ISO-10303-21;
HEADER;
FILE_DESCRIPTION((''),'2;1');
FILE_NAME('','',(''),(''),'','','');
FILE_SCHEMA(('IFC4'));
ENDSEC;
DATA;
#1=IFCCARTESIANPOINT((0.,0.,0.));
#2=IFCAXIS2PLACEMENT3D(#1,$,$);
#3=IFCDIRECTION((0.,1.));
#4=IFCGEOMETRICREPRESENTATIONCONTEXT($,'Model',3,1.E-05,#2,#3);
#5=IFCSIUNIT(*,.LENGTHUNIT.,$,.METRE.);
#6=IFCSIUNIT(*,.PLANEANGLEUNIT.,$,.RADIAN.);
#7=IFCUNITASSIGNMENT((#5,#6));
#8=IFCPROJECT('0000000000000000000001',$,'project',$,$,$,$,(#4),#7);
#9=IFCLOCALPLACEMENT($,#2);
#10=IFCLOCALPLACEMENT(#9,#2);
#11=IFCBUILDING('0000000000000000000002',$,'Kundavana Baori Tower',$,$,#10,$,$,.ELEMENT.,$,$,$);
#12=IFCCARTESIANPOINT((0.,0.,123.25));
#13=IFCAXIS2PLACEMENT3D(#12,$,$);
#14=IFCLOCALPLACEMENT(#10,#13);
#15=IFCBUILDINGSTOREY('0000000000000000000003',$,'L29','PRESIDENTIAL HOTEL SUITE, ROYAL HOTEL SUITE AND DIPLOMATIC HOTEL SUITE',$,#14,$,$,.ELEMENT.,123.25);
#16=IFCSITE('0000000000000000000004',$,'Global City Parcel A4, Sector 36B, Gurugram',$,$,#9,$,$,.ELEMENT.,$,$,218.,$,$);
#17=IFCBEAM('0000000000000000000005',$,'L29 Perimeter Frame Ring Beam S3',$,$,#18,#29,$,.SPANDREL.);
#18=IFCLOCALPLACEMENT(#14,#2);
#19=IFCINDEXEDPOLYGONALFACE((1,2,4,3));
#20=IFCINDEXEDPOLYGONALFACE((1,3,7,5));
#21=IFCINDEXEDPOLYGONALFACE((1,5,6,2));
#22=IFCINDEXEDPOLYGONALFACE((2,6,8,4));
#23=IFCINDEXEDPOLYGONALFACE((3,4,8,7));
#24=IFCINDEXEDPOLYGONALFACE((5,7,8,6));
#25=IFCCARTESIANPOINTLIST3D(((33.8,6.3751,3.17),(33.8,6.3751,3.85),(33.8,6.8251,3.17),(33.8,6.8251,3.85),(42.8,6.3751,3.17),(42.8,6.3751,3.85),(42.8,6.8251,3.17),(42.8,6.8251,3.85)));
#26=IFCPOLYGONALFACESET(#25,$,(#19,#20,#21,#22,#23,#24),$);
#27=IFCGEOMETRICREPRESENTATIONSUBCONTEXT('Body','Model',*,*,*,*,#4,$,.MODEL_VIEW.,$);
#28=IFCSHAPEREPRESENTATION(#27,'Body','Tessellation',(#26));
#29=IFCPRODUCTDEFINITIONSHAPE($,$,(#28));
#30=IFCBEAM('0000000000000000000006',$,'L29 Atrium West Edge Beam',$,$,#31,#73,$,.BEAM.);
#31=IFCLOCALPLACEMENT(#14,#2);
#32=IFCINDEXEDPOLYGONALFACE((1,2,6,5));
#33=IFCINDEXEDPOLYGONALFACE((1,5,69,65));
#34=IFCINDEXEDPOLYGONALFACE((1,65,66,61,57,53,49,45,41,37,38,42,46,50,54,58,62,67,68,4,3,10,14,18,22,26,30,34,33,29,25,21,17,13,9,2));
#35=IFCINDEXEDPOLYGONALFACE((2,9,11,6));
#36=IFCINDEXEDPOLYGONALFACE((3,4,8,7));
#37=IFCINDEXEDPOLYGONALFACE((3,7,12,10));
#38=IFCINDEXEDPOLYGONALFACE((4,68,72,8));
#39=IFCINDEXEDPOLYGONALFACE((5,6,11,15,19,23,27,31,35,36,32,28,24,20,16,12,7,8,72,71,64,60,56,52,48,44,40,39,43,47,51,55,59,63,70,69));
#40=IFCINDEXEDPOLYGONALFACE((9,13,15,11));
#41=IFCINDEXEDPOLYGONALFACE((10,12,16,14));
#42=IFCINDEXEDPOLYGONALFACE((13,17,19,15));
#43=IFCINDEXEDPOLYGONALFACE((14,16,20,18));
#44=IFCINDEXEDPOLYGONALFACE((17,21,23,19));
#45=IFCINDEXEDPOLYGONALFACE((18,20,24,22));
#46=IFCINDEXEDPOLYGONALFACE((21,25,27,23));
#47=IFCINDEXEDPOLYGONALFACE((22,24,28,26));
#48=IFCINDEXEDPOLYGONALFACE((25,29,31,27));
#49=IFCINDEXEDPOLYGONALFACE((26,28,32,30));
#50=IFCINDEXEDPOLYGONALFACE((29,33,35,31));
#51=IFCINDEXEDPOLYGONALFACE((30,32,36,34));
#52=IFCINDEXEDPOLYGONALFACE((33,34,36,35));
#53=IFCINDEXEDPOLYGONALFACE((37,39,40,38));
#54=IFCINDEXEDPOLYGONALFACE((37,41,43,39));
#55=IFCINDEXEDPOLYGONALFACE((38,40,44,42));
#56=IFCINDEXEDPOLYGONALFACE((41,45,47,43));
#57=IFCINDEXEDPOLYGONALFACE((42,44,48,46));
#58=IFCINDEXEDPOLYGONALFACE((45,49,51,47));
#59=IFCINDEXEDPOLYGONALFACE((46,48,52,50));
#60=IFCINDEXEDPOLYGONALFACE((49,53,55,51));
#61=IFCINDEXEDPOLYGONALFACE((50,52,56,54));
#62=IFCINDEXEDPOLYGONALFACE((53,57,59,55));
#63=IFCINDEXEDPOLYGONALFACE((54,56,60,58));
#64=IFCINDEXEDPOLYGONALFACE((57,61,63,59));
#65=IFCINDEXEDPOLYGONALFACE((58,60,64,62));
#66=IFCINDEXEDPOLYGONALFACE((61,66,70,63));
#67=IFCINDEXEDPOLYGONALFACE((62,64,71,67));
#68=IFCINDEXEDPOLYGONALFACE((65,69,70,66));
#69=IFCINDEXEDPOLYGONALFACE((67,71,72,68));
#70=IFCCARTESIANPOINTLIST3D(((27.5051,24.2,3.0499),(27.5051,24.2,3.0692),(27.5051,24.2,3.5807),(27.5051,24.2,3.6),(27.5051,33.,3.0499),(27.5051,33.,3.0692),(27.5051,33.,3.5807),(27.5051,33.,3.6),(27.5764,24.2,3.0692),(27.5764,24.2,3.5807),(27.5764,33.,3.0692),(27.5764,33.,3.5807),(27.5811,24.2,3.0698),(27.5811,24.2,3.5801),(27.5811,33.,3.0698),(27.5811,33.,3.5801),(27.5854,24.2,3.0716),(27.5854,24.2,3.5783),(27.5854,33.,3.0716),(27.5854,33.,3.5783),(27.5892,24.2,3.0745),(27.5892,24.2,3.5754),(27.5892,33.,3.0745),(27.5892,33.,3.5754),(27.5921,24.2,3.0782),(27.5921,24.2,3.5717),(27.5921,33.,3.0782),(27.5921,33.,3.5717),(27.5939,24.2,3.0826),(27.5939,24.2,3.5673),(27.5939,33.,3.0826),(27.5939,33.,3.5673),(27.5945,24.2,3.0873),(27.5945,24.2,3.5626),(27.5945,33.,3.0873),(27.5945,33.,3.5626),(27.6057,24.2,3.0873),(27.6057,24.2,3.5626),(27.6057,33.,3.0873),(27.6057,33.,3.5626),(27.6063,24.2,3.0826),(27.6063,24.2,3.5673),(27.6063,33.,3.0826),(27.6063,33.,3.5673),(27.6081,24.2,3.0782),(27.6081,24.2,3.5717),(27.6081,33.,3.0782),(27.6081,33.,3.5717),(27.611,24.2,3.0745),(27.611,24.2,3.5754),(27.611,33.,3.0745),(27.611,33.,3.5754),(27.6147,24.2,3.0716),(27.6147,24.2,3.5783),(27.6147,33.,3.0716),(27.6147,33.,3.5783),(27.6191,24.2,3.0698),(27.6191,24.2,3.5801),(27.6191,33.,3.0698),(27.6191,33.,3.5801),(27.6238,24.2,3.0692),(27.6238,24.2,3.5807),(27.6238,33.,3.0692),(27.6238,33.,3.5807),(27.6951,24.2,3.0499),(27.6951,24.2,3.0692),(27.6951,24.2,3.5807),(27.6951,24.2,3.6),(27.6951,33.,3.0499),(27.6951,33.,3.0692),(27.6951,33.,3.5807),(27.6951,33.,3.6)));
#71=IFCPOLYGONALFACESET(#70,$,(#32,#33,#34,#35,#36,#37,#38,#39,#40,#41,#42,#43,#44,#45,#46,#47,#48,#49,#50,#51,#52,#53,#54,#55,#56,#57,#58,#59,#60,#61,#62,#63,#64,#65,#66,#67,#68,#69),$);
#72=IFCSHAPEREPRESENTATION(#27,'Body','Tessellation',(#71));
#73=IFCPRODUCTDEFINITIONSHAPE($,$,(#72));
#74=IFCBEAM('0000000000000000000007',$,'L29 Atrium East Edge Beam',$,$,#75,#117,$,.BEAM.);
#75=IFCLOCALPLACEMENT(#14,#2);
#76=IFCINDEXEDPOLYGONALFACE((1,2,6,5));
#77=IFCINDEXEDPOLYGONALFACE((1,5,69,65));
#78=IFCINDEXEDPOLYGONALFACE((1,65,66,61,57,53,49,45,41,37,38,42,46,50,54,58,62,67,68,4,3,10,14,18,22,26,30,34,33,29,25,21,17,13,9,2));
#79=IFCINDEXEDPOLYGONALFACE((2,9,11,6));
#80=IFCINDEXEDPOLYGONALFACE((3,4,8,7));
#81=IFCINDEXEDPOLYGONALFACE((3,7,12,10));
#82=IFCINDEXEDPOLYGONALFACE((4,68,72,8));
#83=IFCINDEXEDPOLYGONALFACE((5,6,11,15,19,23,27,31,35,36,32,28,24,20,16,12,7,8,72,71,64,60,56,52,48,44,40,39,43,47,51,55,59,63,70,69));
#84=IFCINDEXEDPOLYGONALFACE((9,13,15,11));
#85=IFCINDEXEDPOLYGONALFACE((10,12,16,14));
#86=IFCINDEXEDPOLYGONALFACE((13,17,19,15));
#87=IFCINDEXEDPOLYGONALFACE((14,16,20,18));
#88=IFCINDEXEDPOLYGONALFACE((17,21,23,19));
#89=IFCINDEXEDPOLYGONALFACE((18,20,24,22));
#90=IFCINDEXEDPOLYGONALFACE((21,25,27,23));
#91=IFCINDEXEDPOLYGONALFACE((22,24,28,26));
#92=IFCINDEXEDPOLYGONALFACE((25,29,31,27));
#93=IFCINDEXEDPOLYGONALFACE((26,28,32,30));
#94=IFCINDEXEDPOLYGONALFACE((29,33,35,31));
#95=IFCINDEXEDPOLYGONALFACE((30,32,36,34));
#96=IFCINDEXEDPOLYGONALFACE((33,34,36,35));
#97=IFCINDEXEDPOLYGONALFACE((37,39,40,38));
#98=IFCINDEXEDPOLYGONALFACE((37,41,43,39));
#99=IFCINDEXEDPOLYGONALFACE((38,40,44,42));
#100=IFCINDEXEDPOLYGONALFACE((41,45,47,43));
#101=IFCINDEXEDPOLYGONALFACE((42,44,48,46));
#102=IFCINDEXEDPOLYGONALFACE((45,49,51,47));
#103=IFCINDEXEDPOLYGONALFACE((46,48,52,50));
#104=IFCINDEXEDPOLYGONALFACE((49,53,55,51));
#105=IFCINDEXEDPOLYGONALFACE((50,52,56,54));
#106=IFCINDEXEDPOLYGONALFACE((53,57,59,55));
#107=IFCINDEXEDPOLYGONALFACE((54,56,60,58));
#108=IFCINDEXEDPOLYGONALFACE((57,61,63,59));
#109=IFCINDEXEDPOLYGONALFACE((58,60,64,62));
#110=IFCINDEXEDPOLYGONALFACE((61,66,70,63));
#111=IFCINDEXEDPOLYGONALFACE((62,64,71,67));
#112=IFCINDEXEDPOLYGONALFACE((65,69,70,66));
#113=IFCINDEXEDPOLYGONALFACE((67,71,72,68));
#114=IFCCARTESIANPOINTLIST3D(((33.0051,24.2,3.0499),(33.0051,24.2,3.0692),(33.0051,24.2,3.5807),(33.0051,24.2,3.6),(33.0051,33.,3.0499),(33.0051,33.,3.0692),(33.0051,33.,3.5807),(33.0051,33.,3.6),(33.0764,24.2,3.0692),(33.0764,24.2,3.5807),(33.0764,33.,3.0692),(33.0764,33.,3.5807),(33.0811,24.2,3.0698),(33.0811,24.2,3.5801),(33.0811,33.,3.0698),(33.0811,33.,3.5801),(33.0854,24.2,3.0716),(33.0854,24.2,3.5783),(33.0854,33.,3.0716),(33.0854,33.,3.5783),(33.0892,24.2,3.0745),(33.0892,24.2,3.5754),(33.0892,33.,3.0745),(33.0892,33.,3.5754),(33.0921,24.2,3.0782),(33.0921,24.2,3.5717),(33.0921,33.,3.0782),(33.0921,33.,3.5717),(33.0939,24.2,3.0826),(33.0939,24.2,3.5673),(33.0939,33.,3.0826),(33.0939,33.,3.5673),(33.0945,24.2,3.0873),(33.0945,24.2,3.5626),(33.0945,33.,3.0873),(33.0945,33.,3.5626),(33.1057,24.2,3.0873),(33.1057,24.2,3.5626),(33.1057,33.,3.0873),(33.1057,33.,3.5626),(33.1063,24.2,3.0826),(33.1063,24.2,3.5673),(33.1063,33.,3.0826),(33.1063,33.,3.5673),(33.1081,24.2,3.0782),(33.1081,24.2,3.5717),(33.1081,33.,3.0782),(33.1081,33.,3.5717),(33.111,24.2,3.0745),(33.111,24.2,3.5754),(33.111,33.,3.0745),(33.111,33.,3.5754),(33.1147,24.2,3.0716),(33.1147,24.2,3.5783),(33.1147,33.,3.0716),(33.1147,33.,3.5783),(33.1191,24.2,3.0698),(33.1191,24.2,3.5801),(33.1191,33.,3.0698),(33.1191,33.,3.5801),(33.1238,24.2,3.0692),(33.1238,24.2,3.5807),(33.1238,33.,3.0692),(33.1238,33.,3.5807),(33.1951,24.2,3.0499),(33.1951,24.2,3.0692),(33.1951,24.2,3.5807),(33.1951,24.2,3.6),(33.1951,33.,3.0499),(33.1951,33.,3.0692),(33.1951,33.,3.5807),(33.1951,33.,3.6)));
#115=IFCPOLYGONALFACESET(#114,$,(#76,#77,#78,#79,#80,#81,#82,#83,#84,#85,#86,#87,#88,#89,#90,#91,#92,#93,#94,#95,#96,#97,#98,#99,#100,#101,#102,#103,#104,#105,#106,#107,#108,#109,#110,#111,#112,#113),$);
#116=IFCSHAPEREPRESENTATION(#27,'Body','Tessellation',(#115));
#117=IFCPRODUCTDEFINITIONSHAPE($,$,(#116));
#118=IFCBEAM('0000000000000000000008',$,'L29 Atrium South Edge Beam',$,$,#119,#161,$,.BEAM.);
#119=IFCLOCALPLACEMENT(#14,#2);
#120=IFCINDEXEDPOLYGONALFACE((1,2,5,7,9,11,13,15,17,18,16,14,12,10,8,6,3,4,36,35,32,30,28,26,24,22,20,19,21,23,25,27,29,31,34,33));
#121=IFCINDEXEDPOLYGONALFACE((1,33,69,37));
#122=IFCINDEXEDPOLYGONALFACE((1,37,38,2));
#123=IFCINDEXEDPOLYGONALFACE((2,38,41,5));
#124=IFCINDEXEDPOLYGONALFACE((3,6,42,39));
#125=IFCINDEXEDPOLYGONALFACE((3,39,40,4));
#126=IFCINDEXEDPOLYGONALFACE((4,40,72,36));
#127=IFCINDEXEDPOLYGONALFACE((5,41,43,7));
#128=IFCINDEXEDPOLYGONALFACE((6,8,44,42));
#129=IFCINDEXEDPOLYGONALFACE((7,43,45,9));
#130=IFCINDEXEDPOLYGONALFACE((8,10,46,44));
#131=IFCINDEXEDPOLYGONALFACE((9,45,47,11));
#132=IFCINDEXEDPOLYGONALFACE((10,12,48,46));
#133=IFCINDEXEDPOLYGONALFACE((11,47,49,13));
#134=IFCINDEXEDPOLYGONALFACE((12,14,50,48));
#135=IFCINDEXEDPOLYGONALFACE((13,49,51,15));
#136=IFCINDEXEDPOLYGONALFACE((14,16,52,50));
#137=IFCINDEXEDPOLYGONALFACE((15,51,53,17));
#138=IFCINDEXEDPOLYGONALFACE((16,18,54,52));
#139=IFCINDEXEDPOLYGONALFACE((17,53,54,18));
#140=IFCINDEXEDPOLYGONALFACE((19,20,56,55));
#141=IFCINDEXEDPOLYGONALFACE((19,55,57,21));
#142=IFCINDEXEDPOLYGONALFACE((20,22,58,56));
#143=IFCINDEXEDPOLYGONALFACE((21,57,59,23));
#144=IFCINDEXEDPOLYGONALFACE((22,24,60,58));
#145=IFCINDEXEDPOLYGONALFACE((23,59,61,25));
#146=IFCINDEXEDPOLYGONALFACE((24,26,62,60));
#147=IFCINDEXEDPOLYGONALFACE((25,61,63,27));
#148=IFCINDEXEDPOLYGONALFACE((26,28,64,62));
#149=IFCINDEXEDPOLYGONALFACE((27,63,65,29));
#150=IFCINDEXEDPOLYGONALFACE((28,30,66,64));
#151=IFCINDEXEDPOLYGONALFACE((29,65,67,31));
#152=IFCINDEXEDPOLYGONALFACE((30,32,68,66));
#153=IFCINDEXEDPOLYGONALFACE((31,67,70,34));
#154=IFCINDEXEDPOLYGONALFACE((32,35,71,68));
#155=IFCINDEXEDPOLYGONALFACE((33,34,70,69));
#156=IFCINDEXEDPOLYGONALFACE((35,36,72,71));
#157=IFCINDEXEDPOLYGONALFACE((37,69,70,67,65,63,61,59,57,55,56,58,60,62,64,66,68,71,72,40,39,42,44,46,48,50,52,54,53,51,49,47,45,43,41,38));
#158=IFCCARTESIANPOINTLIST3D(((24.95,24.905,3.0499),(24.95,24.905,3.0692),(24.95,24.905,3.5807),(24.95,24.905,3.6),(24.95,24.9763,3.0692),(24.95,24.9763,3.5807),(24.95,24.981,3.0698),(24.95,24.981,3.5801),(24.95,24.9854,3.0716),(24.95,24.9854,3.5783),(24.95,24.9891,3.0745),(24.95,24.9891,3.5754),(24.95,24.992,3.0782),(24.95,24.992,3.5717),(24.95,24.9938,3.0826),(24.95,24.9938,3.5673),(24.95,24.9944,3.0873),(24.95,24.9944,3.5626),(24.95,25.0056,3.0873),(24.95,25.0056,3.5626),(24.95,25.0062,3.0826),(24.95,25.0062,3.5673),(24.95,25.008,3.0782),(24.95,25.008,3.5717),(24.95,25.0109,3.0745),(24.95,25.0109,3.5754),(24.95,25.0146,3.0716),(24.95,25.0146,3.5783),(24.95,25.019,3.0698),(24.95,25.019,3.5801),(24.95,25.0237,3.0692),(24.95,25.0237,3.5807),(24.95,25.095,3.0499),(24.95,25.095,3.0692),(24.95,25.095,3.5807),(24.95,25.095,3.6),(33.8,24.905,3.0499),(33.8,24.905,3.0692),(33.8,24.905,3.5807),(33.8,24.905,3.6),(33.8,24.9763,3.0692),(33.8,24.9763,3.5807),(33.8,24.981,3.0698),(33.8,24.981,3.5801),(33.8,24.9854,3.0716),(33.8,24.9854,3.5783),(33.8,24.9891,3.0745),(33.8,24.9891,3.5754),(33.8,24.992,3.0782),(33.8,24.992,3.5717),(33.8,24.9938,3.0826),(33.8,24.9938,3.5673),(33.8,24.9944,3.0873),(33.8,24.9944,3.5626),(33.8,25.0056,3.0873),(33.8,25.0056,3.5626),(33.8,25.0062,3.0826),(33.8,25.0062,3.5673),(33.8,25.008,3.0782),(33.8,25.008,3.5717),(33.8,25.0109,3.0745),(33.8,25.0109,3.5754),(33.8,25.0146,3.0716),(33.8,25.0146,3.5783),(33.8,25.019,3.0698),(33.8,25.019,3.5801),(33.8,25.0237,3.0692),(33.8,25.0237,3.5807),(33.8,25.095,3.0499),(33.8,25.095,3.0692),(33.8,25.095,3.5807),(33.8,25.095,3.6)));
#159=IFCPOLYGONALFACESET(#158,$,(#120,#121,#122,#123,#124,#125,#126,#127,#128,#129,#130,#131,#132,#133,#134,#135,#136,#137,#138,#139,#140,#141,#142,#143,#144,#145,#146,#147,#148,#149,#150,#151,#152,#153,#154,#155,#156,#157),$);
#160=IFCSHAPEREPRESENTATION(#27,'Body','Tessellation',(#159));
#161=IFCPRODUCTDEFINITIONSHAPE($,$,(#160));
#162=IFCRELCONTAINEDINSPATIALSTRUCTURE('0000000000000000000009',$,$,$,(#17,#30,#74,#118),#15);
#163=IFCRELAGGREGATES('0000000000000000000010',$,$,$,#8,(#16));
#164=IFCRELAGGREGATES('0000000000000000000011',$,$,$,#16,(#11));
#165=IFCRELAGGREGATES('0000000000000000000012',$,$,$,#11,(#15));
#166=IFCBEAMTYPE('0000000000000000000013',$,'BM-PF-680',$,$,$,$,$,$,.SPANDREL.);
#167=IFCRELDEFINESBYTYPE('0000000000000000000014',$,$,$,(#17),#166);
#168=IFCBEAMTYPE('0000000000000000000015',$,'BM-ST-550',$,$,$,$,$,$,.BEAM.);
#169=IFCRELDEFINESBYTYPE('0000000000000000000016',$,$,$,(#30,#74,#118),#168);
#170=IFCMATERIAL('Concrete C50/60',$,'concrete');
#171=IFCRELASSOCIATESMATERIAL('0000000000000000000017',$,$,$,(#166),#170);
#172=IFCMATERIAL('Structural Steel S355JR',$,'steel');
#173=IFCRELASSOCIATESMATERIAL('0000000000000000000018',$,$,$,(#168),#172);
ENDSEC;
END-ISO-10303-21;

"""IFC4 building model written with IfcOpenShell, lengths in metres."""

from ifc_helpers import new_model, si_unit, direction, frame, origin, origin_2d, place, context, subcontext, project, spatial, rectangle, i_section, extrude, material, material_profile, profile_set, type_object, element, save


model = new_model("IFC4")

# Units and contexts
model_context = context("Model", 3, precision=1e-05, world=origin(), true_north=direction((0.0, 1.0)))
body_context = subcontext(model_context, "Body", "Model", "MODEL_VIEW")
ifc_project = project(units=[si_unit("LENGTHUNIT", "METRE"), si_unit("PLANEANGLEUNIT", "RADIAN")], contexts=[model_context])

# Site, building, storey
site_placement = place(None, origin())
site = spatial("IfcSite", under=ifc_project, at=site_placement, Name="Global City Parcel A4, Sector 36B, Gurugram", CompositionType="ELEMENT", RefElevation=218.0)
building_placement = place(site_placement, origin())
building = spatial("IfcBuilding", under=site, at=building_placement, Name="Kundavana Baori Tower", CompositionType="ELEMENT")
storey_placement = place(building_placement, frame((0.0, 0.0, 123.25)))
storey = spatial("IfcBuildingStorey", under=building, at=storey_placement, Name="L29", Description="PRESIDENTIAL HOTEL SUITE, ROYAL HOTEL SUITE AND DIPLOMATIC HOTEL SUITE", CompositionType="ELEMENT", Elevation=123.25)

# Beams
ifc_material_1 = material(Name="Concrete C50/60", Category="concrete")
ifc_material_profile_1 = material_profile(ifc_material_1, rectangle(XDim=0.45, YDim=0.6799, at=origin_2d()), Name="RC BM 450x680")
ifc_profile_set_1 = profile_set([ifc_material_profile_1], Name="Concrete C50/60")
beam_type_1 = type_object("IfcBeamType", Name="BM-PF-680", PredefinedType="SPANDREL", material=ifc_profile_set_1)
beam_1_placement = place(storey_placement, frame((33.8, 6.6001, 3.51), z_axis=(1.0, 0.0, 0.0), x_axis=(0.0, 1.0, 0.0)))
element("IfcBeam", 1, at=beam_1_placement, inside=storey, type_object=beam_type_1, Name="L29 Perimeter Frame Ring Beam S3", PredefinedType="SPANDREL", context=body_context, shape_type="SweptSolid", body=[
    extrude(rectangle(XDim=0.45, YDim=0.6799, at=origin_2d()), origin(), (0.0, 0.0, 1.0), 9.0),
])
ifc_material_2 = material(Name="Structural Steel S355JR", Category="steel")
ifc_material_profile_2 = material_profile(ifc_material_2, i_section(OverallWidth=0.1899, OverallDepth=0.55, WebThickness=0.0112, FlangeThickness=0.0193, FilletRadius=0.0181, at=origin_2d()), Name="ISMB 550")
ifc_profile_set_2 = profile_set([ifc_material_profile_2], Name="Structural Steel S355JR")
beam_type_2 = type_object("IfcBeamType", Name="BM-ST-550", PredefinedType="BEAM", material=ifc_profile_set_2)
for number, where, z_axis, x_axis, name in (
    (2, (27.6001, 24.2, 3.325), (0.0, 1.0, 0.0), (-1.0, 0.0, 0.0), "L29 Atrium West Edge Beam"),
    (3, (33.1001, 24.2, 3.325), (0.0, 1.0, 0.0), (-1.0, 0.0, 0.0), "L29 Atrium East Edge Beam"),
):
    element("IfcBeam", number, at=place(storey_placement, frame(where, z_axis=z_axis, x_axis=x_axis)), inside=storey, type_object=beam_type_2, Name=name, PredefinedType="BEAM", context=body_context, shape_type="SweptSolid", body=[
        extrude(i_section(OverallWidth=0.1899, OverallDepth=0.55, WebThickness=0.0112, FlangeThickness=0.0193, FilletRadius=0.0181, at=origin_2d()), origin(), (0.0, 0.0, 1.0), 8.8),
    ])
beam_2_placement = place(storey_placement, frame((24.95, 25.0, 3.325), z_axis=(1.0, 0.0, 0.0), x_axis=(0.0, 1.0, 0.0)))
element("IfcBeam", 4, at=beam_2_placement, inside=storey, type_object=beam_type_2, Name="L29 Atrium South Edge Beam", PredefinedType="BEAM", context=body_context, shape_type="SweptSolid", body=[
    extrude(i_section(OverallWidth=0.1899, OverallDepth=0.55, WebThickness=0.0112, FlangeThickness=0.0193, FilletRadius=0.0181, at=origin_2d()), origin(), (0.0, 0.0, 1.0), 8.8501),
])

save(model, "model.ifc")
